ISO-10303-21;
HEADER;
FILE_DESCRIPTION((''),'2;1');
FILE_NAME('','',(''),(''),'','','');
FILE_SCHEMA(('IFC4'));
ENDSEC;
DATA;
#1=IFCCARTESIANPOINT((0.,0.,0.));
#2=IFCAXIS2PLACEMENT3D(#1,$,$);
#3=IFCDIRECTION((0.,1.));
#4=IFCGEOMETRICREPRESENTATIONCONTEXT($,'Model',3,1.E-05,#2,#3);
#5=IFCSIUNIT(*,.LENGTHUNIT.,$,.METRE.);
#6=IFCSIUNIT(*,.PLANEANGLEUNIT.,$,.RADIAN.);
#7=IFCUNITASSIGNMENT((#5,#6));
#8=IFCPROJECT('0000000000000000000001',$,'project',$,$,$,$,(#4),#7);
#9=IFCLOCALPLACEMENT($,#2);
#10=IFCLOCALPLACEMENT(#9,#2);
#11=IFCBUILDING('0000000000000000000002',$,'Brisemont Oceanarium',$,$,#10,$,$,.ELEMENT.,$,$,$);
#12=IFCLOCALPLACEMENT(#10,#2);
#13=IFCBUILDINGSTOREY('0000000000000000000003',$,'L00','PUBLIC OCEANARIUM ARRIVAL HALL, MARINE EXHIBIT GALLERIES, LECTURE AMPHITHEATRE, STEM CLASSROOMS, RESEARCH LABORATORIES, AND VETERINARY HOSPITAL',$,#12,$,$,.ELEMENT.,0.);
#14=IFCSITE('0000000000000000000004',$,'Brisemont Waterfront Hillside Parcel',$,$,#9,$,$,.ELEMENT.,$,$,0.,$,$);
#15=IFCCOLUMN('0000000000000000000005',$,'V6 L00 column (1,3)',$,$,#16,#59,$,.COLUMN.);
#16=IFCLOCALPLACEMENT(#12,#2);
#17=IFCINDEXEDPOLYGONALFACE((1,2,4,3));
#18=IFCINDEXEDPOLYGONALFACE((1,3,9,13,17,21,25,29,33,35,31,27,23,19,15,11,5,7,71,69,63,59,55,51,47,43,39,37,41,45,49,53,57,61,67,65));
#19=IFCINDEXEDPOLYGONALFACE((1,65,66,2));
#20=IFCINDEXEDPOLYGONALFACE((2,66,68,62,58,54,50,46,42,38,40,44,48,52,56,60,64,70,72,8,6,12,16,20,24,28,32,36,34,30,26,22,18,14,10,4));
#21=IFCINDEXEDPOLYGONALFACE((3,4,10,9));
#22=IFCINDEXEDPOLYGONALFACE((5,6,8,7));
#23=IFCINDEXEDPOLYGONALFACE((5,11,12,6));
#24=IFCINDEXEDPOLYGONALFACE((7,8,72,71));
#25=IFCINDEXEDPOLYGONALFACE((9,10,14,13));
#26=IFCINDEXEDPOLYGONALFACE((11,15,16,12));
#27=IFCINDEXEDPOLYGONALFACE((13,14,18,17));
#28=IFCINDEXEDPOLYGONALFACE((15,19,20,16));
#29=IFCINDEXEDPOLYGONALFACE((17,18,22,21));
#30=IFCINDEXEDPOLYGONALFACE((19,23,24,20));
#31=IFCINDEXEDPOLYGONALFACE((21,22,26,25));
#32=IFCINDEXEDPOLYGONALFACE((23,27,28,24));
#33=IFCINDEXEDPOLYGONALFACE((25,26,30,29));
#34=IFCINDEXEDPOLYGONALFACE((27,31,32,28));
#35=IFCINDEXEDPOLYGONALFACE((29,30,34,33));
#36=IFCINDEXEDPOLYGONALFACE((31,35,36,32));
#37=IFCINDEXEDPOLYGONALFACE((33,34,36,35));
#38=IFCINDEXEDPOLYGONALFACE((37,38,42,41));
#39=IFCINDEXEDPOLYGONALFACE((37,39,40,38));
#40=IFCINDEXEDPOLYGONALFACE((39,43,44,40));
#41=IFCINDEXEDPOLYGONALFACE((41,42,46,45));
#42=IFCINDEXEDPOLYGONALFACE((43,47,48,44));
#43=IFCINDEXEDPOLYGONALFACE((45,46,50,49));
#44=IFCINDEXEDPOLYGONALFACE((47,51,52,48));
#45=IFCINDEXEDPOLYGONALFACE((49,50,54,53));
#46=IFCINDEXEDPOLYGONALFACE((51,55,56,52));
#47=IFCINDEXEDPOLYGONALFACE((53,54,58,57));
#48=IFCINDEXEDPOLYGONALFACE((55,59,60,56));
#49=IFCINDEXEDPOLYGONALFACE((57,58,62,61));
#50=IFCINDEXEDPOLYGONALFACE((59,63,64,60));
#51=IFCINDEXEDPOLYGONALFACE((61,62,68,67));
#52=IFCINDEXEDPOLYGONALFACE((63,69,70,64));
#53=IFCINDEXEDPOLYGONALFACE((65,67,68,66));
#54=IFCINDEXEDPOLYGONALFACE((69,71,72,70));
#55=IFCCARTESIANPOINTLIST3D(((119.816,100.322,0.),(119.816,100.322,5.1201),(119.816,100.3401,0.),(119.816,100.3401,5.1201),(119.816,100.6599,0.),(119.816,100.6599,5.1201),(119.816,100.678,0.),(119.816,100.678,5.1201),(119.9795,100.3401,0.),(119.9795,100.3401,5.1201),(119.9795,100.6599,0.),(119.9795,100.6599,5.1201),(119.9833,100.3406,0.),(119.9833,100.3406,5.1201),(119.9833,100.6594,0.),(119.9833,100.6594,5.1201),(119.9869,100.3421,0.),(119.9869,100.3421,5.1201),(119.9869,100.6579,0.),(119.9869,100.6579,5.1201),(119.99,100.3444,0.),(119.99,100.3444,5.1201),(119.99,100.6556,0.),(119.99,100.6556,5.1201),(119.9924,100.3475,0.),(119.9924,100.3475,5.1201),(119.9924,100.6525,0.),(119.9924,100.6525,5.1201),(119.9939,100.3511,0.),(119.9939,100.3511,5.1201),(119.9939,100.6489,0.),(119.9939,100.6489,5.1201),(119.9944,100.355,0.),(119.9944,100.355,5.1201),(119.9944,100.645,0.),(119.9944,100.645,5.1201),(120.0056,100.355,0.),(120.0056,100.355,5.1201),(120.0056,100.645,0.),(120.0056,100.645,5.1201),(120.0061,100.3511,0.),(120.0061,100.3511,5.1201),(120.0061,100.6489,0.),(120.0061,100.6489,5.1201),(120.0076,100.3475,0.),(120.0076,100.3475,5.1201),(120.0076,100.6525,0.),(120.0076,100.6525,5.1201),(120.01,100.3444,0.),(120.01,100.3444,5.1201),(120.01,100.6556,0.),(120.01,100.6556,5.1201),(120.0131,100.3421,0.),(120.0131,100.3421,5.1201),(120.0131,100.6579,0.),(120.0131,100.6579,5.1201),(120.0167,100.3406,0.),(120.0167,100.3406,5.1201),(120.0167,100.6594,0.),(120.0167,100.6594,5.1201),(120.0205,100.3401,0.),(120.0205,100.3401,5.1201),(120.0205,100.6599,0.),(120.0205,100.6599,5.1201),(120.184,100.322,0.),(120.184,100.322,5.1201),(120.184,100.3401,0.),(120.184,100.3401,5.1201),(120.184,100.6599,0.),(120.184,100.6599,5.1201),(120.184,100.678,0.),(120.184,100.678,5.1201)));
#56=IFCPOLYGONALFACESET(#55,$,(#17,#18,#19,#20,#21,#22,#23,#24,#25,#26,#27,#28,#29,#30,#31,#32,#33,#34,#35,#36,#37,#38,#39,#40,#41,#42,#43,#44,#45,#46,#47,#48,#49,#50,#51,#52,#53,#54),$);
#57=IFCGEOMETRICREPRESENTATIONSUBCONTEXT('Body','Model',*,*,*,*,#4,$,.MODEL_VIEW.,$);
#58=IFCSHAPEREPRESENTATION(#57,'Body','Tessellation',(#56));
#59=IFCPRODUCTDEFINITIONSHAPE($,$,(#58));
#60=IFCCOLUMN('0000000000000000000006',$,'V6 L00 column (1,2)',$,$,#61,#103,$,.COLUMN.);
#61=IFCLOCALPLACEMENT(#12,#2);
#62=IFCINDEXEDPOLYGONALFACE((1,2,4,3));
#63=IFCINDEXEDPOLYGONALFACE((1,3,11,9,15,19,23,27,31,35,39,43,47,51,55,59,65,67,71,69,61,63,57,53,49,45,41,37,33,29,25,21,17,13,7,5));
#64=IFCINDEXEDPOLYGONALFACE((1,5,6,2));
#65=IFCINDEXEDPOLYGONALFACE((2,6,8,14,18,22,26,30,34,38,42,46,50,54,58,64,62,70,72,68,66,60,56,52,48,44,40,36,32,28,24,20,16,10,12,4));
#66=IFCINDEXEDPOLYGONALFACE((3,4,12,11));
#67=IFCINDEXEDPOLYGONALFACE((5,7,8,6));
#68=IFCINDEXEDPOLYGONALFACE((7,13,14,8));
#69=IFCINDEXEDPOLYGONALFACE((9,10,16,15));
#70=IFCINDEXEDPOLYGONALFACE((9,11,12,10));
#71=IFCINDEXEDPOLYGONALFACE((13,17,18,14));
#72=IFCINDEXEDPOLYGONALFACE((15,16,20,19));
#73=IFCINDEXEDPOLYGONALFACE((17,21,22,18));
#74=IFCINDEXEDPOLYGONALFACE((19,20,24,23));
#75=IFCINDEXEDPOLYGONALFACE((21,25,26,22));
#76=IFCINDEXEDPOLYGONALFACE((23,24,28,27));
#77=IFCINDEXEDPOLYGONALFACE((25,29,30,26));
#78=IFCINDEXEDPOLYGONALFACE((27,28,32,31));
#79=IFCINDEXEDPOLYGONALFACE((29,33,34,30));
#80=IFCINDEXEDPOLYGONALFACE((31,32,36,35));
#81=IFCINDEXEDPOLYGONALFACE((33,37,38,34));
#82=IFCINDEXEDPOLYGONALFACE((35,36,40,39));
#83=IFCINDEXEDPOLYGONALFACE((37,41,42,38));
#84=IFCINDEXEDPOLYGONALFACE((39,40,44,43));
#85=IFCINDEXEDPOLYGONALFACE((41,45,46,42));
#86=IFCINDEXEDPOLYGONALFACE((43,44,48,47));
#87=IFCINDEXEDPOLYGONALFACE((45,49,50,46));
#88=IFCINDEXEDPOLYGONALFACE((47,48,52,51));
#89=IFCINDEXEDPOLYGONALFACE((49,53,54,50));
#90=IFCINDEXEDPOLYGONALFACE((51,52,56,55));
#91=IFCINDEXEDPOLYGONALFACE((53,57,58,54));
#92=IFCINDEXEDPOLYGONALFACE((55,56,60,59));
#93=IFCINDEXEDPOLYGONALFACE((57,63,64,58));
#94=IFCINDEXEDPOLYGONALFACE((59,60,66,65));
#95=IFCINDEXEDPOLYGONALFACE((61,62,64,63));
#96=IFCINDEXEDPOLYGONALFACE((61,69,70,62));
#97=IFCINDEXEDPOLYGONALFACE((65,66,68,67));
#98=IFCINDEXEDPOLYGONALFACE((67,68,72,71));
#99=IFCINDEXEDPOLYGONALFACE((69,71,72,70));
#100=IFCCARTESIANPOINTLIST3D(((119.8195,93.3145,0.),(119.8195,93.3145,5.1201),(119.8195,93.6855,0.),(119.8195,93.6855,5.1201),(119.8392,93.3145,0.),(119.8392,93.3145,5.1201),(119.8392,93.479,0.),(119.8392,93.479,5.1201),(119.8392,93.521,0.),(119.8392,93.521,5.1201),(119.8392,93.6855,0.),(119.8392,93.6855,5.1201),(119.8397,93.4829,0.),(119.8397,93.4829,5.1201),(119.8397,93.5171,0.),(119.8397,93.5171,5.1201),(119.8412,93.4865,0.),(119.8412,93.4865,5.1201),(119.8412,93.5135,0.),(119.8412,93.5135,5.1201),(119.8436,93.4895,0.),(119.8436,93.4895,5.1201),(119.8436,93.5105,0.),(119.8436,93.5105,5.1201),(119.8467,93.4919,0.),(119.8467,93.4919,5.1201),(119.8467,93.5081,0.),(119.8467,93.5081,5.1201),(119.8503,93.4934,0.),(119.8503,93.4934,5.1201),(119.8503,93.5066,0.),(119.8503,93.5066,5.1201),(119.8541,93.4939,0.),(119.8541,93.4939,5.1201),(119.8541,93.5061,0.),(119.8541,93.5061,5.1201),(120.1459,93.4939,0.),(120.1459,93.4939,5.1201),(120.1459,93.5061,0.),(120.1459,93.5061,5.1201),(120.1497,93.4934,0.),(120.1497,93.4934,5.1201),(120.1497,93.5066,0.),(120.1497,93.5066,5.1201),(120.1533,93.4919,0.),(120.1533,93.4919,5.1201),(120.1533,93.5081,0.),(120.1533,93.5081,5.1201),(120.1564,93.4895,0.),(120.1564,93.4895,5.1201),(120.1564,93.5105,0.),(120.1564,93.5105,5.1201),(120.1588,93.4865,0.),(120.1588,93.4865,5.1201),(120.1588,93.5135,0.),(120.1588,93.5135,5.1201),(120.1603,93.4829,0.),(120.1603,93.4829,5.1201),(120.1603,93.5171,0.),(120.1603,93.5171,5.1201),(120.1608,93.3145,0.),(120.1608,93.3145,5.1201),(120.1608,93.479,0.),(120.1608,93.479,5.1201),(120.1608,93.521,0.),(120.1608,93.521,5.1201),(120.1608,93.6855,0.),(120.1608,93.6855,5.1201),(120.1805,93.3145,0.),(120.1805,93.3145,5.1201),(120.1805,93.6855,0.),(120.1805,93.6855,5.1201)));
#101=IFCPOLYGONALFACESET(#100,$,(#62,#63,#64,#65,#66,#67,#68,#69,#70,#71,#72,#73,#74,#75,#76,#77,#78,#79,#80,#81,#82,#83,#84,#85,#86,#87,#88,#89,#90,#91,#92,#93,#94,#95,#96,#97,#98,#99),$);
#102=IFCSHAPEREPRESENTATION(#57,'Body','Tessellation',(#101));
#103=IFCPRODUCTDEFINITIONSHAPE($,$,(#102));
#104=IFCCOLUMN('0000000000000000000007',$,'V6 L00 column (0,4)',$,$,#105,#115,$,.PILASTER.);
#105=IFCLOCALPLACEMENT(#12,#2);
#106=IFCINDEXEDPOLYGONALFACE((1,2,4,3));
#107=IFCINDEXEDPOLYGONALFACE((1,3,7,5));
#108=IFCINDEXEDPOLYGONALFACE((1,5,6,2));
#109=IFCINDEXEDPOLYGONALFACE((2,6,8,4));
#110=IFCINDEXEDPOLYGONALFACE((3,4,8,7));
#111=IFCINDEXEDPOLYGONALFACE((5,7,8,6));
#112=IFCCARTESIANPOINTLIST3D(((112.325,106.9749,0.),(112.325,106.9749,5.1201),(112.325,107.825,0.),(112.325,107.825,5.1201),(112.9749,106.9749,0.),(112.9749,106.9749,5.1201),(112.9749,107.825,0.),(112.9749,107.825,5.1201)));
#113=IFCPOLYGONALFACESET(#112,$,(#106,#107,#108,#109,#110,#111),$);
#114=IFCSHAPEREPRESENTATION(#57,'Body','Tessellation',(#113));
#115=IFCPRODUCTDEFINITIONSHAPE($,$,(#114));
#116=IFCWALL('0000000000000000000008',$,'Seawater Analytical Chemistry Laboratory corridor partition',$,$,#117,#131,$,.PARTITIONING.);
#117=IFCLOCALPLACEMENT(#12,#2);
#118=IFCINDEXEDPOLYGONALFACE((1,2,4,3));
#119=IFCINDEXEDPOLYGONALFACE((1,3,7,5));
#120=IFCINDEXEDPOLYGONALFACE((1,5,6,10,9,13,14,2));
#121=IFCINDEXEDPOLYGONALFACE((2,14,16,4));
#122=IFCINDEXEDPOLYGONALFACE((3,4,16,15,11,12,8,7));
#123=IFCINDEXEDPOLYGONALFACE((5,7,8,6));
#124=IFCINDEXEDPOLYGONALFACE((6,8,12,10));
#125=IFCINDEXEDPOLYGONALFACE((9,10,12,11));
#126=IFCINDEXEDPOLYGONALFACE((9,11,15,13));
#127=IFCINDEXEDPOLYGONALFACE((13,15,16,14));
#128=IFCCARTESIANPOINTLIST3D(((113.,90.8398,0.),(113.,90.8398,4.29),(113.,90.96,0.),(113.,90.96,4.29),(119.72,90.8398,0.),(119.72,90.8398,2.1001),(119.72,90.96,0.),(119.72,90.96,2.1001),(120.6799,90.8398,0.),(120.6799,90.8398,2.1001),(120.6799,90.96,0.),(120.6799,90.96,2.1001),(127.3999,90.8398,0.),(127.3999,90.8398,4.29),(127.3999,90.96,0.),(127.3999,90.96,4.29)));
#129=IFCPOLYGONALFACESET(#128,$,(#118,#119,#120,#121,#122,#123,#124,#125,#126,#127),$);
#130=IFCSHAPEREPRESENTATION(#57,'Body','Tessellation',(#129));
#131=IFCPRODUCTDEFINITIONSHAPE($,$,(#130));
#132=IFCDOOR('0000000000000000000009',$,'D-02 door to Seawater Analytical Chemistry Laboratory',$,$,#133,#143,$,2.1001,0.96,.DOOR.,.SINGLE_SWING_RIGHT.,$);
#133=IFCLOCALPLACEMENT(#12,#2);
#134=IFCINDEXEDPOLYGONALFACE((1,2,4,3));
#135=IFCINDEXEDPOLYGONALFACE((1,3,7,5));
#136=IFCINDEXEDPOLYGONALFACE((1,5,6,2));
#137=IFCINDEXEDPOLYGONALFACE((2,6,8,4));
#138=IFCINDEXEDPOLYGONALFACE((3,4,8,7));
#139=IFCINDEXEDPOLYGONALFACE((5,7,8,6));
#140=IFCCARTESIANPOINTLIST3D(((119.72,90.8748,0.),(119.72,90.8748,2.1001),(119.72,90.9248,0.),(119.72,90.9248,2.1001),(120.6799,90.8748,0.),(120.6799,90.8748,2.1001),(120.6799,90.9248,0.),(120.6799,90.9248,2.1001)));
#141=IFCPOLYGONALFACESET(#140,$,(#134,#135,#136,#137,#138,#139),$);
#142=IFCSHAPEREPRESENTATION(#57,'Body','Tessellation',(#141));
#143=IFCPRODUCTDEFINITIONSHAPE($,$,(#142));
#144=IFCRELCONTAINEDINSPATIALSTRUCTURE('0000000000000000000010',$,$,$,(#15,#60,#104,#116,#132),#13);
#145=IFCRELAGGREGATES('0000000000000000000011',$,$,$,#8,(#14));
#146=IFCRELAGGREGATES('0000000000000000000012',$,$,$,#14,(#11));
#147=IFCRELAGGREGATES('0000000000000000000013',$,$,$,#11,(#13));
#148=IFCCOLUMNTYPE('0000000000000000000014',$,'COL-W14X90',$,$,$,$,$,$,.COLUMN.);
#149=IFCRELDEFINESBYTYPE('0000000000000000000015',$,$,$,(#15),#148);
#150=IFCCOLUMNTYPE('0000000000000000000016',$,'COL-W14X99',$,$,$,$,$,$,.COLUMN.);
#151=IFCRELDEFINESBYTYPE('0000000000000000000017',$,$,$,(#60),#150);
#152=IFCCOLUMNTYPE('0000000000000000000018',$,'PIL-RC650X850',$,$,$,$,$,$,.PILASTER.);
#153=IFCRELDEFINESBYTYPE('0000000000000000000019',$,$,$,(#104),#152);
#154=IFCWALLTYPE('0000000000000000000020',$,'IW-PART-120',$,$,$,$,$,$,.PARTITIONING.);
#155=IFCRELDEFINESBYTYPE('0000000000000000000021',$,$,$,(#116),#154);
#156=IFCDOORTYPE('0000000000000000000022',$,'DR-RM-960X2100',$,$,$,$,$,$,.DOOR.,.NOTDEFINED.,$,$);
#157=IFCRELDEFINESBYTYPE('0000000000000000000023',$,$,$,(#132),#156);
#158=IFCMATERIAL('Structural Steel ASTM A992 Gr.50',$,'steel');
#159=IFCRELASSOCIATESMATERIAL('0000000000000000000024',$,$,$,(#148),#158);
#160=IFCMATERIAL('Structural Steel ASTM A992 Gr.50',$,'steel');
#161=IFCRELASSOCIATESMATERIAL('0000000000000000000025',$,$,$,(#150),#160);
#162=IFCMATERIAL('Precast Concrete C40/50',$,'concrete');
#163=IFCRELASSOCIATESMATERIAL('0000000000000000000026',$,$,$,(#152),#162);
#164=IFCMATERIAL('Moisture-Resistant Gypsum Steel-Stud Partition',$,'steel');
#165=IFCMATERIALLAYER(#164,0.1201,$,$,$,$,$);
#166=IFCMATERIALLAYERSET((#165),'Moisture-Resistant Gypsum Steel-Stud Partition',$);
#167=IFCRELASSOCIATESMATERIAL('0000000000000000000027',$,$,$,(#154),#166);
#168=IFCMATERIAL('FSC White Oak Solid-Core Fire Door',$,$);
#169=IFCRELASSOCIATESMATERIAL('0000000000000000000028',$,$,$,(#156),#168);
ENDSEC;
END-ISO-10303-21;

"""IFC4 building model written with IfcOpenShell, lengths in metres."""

from ifc_helpers import new_model, si_unit, direction, frame, frame_2d, origin, origin_2d, place, context, subcontext, project, spatial, rectangle, i_section, extrude, material, layer, layer_set, material_profile, profile_set, type_object, element, fill, save


model = new_model("IFC4")

# Units and contexts
model_context = context("Model", 3, precision=1e-05, world=origin(), true_north=direction((0.0, 1.0)))
body_context = subcontext(model_context, "Body", "Model", "MODEL_VIEW")
ifc_project = project(units=[si_unit("LENGTHUNIT", "METRE"), si_unit("PLANEANGLEUNIT", "RADIAN")], contexts=[model_context])

# Site, building, storey
site_placement = place(None, origin())
site = spatial("IfcSite", under=ifc_project, at=site_placement, Name="Brisemont Waterfront Hillside Parcel", CompositionType="ELEMENT", RefElevation=0.0)
building_placement = place(site_placement, origin())
building = spatial("IfcBuilding", under=site, at=building_placement, Name="Brisemont Oceanarium", CompositionType="ELEMENT")
storey_placement = place(building_placement, origin())
storey = spatial("IfcBuildingStorey", under=building, at=storey_placement, Name="L00", Description="PUBLIC OCEANARIUM ARRIVAL HALL, MARINE EXHIBIT GALLERIES, LECTURE AMPHITHEATRE, STEM CLASSROOMS, RESEARCH LABORATORIES, AND VETERINARY HOSPITAL", CompositionType="ELEMENT", Elevation=0.0)

# Columns
ifc_material_1 = material(Name="Structural Steel ASTM A992 Gr.50", Category="steel")
ifc_material_profile_1 = material_profile(ifc_material_1, i_section(OverallWidth=0.3679, OverallDepth=0.356, WebThickness=0.0112, FlangeThickness=0.0181, FilletRadius=0.0149, at=origin_2d()), Name="W14X90")
ifc_profile_set_1 = profile_set([ifc_material_profile_1], Name="Structural Steel ASTM A992 Gr.50")
column_type_1 = type_object("IfcColumnType", Name="COL-W14X90", PredefinedType="COLUMN", material=ifc_profile_set_1)
column_1_placement = place(storey_placement, frame((120.0, 100.5, 0.0), z_axis=(0.0, 0.0, 1.0), x_axis=(1.0, 0.0, 0.0)))
element("IfcColumn", 1, at=column_1_placement, inside=storey, type_object=column_type_1, Name="V6 L00 column (1,3)", PredefinedType="COLUMN", context=body_context, shape_type="SweptSolid", body=[
    extrude(i_section(OverallWidth=0.3679, OverallDepth=0.356, WebThickness=0.0112, FlangeThickness=0.0181, FilletRadius=0.0149, at=origin_2d()), origin(), (0.0, 0.0, 1.0), 5.1201),
])
ifc_material_2 = material(Name="Structural Steel ASTM A992 Gr.50", Category="steel")
ifc_material_profile_2 = material_profile(ifc_material_2, i_section(OverallWidth=0.3711, OverallDepth=0.3611, WebThickness=0.0122, FlangeThickness=0.0198, FilletRadius=0.0149, at=origin_2d()), Name="W14X99")
ifc_profile_set_2 = profile_set([ifc_material_profile_2], Name="Structural Steel ASTM A992 Gr.50")
column_type_2 = type_object("IfcColumnType", Name="COL-W14X99", PredefinedType="COLUMN", material=ifc_profile_set_2)
column_2_placement = place(storey_placement, frame((120.0, 93.5, 0.0), z_axis=(0.0, 0.0, 1.0), x_axis=(0.0, 1.0, 0.0)))
element("IfcColumn", 2, at=column_2_placement, inside=storey, type_object=column_type_2, Name="V6 L00 column (1,2)", PredefinedType="COLUMN", context=body_context, shape_type="SweptSolid", body=[
    extrude(i_section(OverallWidth=0.3711, OverallDepth=0.3611, WebThickness=0.0122, FlangeThickness=0.0198, FilletRadius=0.0149, at=origin_2d()), origin(), (0.0, 0.0, 1.0), 5.1201),
])
ifc_material_3 = material(Name="Precast Concrete C40/50", Category="concrete")
ifc_material_profile_3 = material_profile(ifc_material_3, rectangle(XDim=0.6499, YDim=0.8501, at=origin_2d()), Name="RC-PIL-650X850")
ifc_profile_set_3 = profile_set([ifc_material_profile_3], Name="Precast Concrete C40/50")
column_type_3 = type_object("IfcColumnType", Name="PIL-RC650X850", PredefinedType="PILASTER", material=ifc_profile_set_3)
column_3_placement = place(storey_placement, frame((112.6499, 107.3999, 0.0), z_axis=(0.0, 0.0, 1.0), x_axis=(1.0, 0.0, 0.0)))
element("IfcColumn", 3, at=column_3_placement, inside=storey, type_object=column_type_3, Name="V6 L00 column (0,4)", PredefinedType="PILASTER", context=body_context, shape_type="SweptSolid", body=[
    extrude(rectangle(XDim=0.6499, YDim=0.8501, at=origin_2d()), origin(), (0.0, 0.0, 1.0), 5.1201),
])

# Wall, opening, door
ifc_material_4 = material(Name="Moisture-Resistant Gypsum Steel-Stud Partition", Category="steel")
ifc_layer = layer(ifc_material_4, 0.1201)
ifc_layer_set = layer_set([ifc_layer], Name="Moisture-Resistant Gypsum Steel-Stud Partition")
wall_type = type_object("IfcWallType", Name="IW-PART-120", PredefinedType="PARTITIONING", material=ifc_layer_set)
wall_placement = place(storey_placement, frame((113.0, 90.8999, 0.0), z_axis=(0.0, 0.0, 1.0), x_axis=(1.0, 0.0, 0.0)))
wall = element("IfcWall", 4, at=wall_placement, inside=storey, type_object=wall_type, Name="Seawater Analytical Chemistry Laboratory corridor partition", PredefinedType="PARTITIONING", context=body_context, shape_type="SweptSolid", body=[
    extrude(rectangle(XDim=14.3999, YDim=0.1201, at=frame_2d((7.2, 0.0))), origin(), (0.0, 0.0, 1.0), 4.29),
])
opening_placement = place(wall_placement, frame((6.72, 0.0, 0.0)))
opening = element("IfcOpeningElement", 5, at=opening_placement, cuts=wall, PredefinedType="OPENING", context=body_context, shape_type="SweptSolid", body=[
    extrude(rectangle(XDim=0.96, YDim=2.1001, at=frame_2d((0.48, 1.05))), frame((0.0, 0.0701, 0.0), z_axis=(0.0, -1.0, 0.0), x_axis=(1.0, 0.0, 0.0)), (0.0, 0.0, 1.0), 0.1401),
])
ifc_material_5 = material(Name="FSC White Oak Solid-Core Fire Door")
door_type = type_object("IfcDoorType", Name="DR-RM-960X2100", OperationType="NOTDEFINED", PredefinedType="DOOR", material=ifc_material_5)
door_placement = place(opening_placement, origin())
door = element("IfcDoor", 6, at=door_placement, inside=storey, type_object=door_type, Name="D-02 door to Seawater Analytical Chemistry Laboratory", OperationType="SINGLE_SWING_RIGHT", OverallHeight=2.1001, OverallWidth=0.96, PredefinedType="DOOR", context=body_context, shape_type="SweptSolid", body=[
    extrude(rectangle(XDim=0.96, YDim=2.1001, at=frame_2d((0.48, 1.05))), frame((0.0, 0.0249, 0.0), z_axis=(0.0, -1.0, 0.0), x_axis=(1.0, 0.0, 0.0)), (0.0, 0.0, 1.0), 0.05),
])
fill(opening, door)

save(model, "model.ifc")
